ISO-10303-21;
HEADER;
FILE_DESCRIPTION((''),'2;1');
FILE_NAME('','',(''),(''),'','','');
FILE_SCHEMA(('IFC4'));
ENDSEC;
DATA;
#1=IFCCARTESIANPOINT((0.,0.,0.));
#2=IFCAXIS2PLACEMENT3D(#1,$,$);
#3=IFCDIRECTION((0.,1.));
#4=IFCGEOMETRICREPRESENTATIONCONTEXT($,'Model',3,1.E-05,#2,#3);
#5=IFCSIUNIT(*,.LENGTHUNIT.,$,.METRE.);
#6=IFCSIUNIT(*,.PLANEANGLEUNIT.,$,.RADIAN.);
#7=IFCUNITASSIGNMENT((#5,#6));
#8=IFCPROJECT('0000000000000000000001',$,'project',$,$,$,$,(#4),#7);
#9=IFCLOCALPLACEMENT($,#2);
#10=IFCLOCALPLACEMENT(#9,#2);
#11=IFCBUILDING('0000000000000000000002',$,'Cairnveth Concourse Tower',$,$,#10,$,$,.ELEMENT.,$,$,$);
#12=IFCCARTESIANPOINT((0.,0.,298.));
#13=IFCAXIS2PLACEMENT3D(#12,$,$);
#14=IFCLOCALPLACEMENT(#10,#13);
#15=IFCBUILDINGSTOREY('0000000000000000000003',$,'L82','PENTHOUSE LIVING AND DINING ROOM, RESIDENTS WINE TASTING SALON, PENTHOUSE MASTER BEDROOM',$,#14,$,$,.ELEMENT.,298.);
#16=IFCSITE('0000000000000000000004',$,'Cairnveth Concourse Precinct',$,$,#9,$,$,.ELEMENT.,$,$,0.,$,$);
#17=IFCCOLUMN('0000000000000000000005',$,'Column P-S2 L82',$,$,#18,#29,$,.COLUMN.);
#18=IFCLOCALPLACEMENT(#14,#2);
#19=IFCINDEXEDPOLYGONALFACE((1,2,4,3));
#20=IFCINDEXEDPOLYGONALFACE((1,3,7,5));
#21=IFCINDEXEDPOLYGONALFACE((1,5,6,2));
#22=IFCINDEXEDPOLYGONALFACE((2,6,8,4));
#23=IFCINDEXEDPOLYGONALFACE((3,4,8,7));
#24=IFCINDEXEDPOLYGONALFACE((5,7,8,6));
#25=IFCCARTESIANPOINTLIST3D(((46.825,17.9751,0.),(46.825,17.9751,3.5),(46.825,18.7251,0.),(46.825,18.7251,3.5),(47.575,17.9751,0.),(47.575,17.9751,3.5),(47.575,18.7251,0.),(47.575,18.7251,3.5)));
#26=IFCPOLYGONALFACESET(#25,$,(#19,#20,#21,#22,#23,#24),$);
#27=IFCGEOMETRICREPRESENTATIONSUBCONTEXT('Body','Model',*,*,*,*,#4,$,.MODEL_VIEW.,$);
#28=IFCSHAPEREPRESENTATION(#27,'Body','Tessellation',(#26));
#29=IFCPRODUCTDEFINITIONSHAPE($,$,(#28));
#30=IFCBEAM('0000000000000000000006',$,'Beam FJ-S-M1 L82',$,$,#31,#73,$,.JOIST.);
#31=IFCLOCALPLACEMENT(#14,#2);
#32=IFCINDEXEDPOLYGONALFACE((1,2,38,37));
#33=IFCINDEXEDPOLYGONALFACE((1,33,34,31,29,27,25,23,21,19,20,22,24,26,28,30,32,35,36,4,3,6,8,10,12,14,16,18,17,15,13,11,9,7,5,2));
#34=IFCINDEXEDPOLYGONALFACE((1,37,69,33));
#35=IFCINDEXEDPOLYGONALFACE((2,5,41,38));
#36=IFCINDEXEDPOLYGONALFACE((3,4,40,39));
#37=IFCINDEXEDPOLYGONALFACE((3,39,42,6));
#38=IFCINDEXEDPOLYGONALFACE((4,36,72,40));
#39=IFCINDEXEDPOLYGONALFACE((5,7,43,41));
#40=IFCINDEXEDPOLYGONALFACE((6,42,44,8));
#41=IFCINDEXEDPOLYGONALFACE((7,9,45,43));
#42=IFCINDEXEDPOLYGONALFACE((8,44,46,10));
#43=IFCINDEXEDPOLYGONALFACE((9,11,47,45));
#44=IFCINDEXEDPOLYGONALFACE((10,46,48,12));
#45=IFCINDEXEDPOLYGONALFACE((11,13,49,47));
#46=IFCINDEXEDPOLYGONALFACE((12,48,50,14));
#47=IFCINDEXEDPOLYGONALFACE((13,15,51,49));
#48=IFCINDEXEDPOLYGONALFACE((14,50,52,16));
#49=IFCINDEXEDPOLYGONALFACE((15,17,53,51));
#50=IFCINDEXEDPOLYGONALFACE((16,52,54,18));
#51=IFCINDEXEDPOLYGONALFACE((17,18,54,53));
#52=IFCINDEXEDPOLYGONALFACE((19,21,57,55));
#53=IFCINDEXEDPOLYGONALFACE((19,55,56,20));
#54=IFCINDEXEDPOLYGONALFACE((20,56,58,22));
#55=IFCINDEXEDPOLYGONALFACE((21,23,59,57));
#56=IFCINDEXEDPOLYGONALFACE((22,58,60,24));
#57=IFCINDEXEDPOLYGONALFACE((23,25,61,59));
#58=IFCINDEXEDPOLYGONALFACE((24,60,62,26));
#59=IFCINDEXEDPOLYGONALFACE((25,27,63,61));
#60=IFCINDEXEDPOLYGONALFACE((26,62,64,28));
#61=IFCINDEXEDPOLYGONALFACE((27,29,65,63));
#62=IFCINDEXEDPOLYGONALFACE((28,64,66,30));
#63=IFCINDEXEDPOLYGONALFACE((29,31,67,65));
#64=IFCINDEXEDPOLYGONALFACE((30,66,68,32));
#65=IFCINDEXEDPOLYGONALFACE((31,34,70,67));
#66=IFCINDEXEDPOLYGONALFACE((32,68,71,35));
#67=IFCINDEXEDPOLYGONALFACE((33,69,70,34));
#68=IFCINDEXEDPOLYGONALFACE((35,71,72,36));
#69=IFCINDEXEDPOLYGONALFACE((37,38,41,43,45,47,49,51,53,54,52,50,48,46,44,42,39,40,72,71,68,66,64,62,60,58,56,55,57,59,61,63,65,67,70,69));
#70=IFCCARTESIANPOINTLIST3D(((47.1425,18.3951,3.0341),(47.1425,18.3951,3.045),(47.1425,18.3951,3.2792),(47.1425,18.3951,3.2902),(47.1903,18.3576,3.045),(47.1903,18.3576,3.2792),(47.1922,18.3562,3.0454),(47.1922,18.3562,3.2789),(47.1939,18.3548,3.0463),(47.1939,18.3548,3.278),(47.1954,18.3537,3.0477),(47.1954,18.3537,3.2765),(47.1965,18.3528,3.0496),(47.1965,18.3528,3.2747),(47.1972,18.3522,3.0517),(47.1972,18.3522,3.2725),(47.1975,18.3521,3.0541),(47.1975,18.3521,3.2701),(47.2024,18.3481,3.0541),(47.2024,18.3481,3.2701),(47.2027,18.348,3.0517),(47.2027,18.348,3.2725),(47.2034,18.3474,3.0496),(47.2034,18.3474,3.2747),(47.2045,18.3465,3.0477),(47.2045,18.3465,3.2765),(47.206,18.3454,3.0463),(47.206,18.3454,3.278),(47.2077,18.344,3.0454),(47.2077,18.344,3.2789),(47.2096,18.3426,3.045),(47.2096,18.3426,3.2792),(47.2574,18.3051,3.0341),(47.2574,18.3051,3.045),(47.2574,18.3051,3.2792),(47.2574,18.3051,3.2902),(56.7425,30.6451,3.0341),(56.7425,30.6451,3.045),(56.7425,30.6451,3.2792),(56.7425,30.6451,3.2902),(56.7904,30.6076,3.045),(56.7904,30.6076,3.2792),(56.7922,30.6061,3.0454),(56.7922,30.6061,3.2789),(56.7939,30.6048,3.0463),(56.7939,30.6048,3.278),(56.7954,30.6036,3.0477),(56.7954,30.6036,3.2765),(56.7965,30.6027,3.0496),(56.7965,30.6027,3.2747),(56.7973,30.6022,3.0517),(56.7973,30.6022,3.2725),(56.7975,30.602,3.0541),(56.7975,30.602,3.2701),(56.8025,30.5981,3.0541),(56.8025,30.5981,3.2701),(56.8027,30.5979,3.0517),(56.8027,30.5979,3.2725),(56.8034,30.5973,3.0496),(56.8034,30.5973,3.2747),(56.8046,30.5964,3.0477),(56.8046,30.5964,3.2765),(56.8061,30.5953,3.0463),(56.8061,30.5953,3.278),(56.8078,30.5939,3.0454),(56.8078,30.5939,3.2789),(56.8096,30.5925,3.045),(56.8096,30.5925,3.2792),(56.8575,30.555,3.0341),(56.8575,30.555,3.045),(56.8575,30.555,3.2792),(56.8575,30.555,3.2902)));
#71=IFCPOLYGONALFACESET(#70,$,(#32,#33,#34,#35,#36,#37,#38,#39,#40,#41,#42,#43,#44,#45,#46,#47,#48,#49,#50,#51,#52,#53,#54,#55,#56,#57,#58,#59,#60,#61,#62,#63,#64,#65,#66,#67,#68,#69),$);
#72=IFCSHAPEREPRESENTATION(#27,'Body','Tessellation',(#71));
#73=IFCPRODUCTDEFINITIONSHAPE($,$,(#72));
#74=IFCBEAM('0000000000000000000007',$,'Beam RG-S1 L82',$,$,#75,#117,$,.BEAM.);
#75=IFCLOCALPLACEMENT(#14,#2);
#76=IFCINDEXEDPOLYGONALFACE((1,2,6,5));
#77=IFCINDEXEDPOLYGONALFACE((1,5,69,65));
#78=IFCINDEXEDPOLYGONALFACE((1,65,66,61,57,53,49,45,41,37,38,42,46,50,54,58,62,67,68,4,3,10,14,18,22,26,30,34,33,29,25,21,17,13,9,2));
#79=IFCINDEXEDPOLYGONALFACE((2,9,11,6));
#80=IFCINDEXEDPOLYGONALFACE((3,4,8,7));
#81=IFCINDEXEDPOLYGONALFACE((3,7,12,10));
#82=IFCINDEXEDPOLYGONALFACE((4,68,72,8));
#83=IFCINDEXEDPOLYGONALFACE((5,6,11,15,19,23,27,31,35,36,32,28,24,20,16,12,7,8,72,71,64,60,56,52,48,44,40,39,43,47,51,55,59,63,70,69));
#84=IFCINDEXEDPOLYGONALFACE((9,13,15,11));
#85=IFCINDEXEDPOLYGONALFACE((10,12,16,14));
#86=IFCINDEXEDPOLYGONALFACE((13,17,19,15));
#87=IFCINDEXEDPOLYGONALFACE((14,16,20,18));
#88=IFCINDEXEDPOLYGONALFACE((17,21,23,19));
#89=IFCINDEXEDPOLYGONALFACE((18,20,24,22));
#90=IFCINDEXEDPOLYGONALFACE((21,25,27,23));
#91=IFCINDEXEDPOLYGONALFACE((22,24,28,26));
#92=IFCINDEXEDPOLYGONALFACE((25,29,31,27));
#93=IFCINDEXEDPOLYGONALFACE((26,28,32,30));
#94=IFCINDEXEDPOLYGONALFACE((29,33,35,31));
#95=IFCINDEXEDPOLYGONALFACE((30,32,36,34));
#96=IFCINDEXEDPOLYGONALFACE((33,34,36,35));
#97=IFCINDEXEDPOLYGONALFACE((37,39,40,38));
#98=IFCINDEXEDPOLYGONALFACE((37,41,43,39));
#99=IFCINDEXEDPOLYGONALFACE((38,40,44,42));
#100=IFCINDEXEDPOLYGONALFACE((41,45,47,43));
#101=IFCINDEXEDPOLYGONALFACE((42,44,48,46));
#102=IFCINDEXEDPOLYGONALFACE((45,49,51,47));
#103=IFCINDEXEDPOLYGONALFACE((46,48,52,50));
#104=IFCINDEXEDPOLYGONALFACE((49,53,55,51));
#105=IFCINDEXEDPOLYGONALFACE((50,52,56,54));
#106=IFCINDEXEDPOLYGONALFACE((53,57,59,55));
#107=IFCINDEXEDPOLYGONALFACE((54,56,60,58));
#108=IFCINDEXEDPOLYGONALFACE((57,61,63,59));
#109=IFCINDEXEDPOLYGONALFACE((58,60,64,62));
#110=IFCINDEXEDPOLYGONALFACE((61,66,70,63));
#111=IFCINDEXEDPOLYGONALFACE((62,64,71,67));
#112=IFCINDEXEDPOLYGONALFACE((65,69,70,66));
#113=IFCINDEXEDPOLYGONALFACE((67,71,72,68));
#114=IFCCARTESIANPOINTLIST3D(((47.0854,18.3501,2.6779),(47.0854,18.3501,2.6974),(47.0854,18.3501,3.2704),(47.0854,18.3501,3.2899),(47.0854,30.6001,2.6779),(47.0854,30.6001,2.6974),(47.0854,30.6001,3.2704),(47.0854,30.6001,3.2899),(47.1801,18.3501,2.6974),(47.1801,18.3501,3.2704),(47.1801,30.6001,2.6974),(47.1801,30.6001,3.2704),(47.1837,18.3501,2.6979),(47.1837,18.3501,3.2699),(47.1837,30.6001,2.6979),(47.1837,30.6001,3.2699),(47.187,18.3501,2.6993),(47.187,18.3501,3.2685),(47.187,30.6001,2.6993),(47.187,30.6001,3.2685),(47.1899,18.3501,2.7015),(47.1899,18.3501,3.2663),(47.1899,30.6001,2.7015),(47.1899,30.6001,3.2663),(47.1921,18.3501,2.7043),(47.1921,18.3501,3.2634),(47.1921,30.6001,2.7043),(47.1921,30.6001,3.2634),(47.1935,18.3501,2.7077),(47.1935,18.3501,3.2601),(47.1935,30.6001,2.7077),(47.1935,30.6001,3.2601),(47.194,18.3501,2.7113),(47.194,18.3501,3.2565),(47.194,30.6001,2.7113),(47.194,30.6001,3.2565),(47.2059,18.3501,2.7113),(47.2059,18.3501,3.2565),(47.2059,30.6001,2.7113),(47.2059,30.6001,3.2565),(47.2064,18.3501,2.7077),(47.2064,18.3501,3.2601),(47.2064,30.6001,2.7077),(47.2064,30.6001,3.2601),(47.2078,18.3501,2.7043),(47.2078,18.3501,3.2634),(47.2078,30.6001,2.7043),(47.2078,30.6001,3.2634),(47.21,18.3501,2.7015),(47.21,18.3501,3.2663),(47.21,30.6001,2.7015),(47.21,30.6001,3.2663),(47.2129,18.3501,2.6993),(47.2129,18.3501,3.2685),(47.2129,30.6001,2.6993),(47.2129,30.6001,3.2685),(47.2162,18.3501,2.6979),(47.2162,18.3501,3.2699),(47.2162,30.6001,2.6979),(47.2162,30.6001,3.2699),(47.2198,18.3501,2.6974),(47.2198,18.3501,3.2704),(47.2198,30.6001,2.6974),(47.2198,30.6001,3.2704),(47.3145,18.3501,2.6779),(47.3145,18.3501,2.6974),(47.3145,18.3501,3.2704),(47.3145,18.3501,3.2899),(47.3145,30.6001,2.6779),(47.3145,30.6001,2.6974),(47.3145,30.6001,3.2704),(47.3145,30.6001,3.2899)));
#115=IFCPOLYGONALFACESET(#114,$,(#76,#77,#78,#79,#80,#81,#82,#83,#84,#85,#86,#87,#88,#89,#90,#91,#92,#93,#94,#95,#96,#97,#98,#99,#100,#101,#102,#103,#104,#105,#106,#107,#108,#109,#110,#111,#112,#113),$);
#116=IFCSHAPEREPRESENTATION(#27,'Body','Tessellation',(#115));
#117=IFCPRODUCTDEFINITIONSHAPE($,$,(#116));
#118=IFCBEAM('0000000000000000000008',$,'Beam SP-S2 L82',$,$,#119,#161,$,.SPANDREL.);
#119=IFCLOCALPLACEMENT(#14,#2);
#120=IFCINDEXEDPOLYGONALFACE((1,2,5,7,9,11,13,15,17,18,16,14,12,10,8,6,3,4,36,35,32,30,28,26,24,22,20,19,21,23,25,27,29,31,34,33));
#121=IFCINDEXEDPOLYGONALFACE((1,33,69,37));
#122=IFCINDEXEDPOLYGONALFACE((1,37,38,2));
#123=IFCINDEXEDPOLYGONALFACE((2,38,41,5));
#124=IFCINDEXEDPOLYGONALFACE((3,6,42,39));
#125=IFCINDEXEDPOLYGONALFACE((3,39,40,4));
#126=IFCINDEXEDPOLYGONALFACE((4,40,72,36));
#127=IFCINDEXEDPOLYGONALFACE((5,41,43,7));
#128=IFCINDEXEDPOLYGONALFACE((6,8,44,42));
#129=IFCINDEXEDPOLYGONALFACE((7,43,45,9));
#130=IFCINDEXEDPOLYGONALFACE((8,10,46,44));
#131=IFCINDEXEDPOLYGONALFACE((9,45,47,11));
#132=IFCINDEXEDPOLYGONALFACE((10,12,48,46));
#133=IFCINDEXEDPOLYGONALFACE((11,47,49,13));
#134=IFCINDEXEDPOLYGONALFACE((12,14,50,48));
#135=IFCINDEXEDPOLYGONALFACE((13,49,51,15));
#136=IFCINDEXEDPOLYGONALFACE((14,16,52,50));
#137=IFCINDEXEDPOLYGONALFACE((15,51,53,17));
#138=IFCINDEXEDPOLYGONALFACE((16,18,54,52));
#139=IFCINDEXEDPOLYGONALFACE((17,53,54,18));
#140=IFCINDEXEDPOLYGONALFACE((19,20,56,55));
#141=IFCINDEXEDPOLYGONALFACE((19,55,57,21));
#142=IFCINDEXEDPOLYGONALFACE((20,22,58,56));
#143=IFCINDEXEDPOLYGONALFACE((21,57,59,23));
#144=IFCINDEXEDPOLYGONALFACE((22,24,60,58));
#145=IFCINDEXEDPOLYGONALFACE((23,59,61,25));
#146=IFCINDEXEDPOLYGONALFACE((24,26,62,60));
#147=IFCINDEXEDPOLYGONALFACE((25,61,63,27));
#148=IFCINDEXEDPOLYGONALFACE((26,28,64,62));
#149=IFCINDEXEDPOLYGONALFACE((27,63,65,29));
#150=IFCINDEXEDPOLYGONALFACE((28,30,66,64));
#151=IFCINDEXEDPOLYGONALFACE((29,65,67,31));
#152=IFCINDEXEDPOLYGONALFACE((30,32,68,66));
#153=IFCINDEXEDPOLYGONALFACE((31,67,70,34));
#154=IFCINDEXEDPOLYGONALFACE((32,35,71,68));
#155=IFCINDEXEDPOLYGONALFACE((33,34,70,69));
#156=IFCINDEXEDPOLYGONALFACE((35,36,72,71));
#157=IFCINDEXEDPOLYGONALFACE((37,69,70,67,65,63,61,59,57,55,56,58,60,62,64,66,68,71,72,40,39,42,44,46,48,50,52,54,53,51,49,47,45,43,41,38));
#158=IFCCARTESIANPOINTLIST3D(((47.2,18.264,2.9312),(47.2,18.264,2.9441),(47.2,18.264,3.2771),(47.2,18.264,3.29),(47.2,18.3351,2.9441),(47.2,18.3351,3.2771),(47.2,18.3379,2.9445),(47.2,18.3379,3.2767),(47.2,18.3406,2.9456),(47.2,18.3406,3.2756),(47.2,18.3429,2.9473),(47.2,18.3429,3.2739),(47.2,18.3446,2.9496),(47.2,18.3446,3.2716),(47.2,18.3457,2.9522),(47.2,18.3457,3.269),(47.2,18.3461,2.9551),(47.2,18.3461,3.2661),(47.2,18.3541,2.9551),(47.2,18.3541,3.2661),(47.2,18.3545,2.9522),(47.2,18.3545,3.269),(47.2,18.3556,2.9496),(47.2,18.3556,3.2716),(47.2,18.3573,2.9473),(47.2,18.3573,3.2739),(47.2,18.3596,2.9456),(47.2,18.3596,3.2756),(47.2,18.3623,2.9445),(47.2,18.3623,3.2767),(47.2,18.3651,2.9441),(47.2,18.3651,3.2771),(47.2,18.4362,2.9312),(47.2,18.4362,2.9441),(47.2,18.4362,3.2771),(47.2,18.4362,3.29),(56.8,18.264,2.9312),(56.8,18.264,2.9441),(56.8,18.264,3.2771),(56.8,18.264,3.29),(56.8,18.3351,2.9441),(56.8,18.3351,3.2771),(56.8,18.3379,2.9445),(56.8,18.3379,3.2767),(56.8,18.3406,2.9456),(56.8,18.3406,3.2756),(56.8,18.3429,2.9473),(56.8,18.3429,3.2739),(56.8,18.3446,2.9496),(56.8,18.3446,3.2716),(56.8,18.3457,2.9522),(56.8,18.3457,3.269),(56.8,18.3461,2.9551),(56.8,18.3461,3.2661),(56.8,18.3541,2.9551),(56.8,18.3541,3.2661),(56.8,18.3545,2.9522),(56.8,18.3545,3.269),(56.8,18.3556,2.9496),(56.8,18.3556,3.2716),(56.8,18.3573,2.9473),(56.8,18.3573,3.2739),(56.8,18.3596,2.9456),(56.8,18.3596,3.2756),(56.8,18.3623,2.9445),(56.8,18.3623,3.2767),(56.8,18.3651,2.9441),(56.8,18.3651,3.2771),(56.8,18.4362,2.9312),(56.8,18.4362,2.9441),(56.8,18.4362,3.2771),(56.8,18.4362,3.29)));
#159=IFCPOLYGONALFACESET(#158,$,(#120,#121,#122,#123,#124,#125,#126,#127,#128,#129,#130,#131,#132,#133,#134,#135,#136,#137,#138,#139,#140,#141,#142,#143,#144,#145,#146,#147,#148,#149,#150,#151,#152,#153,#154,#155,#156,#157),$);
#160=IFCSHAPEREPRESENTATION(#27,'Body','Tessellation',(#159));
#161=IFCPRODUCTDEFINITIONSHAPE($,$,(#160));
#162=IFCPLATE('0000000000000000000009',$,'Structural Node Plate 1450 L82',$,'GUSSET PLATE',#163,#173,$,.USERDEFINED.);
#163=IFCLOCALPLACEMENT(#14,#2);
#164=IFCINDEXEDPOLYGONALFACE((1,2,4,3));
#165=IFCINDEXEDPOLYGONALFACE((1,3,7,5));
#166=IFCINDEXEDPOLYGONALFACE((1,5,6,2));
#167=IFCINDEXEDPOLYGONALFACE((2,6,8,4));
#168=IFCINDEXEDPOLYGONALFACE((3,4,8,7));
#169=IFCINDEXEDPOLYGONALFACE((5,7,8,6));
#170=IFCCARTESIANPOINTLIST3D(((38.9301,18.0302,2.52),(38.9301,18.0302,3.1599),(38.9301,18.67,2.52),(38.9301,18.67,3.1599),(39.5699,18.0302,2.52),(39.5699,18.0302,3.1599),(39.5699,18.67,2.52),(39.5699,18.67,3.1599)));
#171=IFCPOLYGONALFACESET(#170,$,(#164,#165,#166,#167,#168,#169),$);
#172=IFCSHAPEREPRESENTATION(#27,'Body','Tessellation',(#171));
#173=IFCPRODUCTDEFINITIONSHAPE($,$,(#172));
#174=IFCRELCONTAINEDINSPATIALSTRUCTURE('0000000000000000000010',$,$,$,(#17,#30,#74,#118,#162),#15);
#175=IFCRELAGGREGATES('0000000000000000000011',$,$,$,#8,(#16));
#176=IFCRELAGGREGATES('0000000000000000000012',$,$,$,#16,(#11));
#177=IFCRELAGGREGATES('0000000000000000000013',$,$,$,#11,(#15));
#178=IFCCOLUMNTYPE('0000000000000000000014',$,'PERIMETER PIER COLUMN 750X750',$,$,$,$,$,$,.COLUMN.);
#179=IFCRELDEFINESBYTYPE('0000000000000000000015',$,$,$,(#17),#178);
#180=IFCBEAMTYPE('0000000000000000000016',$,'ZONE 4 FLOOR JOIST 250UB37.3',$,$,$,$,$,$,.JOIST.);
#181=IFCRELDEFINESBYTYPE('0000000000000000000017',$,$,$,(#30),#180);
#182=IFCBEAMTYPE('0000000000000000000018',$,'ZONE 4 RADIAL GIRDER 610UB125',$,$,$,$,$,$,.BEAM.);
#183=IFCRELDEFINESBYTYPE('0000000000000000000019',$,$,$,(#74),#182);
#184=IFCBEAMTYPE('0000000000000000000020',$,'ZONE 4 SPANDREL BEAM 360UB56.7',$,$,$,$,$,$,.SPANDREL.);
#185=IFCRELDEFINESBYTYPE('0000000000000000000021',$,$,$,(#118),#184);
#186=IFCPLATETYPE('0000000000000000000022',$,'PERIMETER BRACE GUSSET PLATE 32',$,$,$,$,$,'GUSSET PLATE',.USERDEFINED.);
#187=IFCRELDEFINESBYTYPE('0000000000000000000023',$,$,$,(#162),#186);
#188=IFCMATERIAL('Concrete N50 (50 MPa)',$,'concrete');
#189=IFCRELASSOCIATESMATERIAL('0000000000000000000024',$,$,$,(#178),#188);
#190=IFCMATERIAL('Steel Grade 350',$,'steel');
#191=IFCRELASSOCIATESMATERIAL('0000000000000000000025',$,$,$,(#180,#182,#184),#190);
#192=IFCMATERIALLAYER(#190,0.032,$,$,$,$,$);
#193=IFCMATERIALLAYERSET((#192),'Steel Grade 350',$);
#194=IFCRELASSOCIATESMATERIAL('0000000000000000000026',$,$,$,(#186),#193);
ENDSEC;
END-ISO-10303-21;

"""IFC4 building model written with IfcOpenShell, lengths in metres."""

from ifc_helpers import new_model, si_unit, direction, frame, origin, origin_2d, place, context, subcontext, project, spatial, rectangle, i_section, extrude, material, layer, layer_set, material_profile, profile_set, type_object, element, save


model = new_model("IFC4")

# Units and contexts
model_context = context("Model", 3, precision=1e-05, world=origin(), true_north=direction((0.0, 1.0)))
body_context = subcontext(model_context, "Body", "Model", "MODEL_VIEW")
ifc_project = project(units=[si_unit("LENGTHUNIT", "METRE"), si_unit("PLANEANGLEUNIT", "RADIAN")], contexts=[model_context])

# Site, building, storey
site_placement = place(None, origin())
site = spatial("IfcSite", under=ifc_project, at=site_placement, Name="Cairnveth Concourse Precinct", CompositionType="ELEMENT", RefElevation=0.0)
building_placement = place(site_placement, origin())
building = spatial("IfcBuilding", under=site, at=building_placement, Name="Cairnveth Concourse Tower", CompositionType="ELEMENT")
storey_placement = place(building_placement, frame((0.0, 0.0, 298.0)))
storey = spatial("IfcBuildingStorey", under=building, at=storey_placement, Name="L82", Description="PENTHOUSE LIVING AND DINING ROOM, RESIDENTS WINE TASTING SALON, PENTHOUSE MASTER BEDROOM", CompositionType="ELEMENT", Elevation=298.0)

# Column
ifc_material_1 = material(Name="Concrete N50 (50 MPa)", Category="concrete")
ifc_material_profile_1 = material_profile(ifc_material_1, rectangle(XDim=0.75, YDim=0.75, at=origin_2d()), Name="RC-COL-750x750")
ifc_profile_set_1 = profile_set([ifc_material_profile_1], Name="Concrete N50 (50 MPa)")
column_type = type_object("IfcColumnType", Name="PERIMETER PIER COLUMN 750X750", PredefinedType="COLUMN", material=ifc_profile_set_1)
column_placement = place(storey_placement, frame((47.2, 18.3501, 0.0), z_axis=(0.0, 0.0, 1.0), x_axis=(1.0, 0.0, 0.0)))
element("IfcColumn", 1, at=column_placement, inside=storey, type_object=column_type, Name="Column P-S2 L82", PredefinedType="COLUMN", context=body_context, shape_type="SweptSolid", body=[
    extrude(rectangle(XDim=0.75, YDim=0.75, at=origin_2d()), origin(), (0.0, 0.0, 1.0), 3.5),
])

# Beams
ifc_material_2 = material(Name="Steel Grade 350", Category="steel")
ifc_material_profile_2 = material_profile(ifc_material_2, i_section(OverallWidth=0.146, OverallDepth=0.2561, WebThickness=0.0063, FlangeThickness=0.011, FilletRadius=0.009, at=origin_2d()), Name="250UB37.3")
ifc_profile_set_2 = profile_set([ifc_material_profile_2], Name="Steel Grade 350")
beam_type_1 = type_object("IfcBeamType", Name="ZONE 4 FLOOR JOIST 250UB37.3", PredefinedType="JOIST", material=ifc_profile_set_2)
beam_1_placement = place(storey_placement, frame((47.2, 18.3501, 3.1621), z_axis=(0.616832, 0.787095, 0.0), x_axis=(-0.787095, 0.616832, 0.0)))
element("IfcBeam", 2, at=beam_1_placement, inside=storey, type_object=beam_type_1, Name="Beam FJ-S-M1 L82", PredefinedType="JOIST", context=body_context, shape_type="SweptSolid", body=[
    extrude(i_section(OverallWidth=0.146, OverallDepth=0.2561, WebThickness=0.0063, FlangeThickness=0.011, FilletRadius=0.009, at=origin_2d()), origin(), (0.0, 0.0, 1.0), 15.5635),
])
ifc_material_profile_3 = material_profile(ifc_material_2, i_section(OverallWidth=0.229, OverallDepth=0.6121, WebThickness=0.012, FlangeThickness=0.0195, FilletRadius=0.0139, at=origin_2d()), Name="610UB125")
ifc_profile_set_3 = profile_set([ifc_material_profile_3], Name="Steel Grade 350")
beam_type_2 = type_object("IfcBeamType", Name="ZONE 4 RADIAL GIRDER 610UB125", PredefinedType="BEAM", material=ifc_profile_set_3)
beam_2_placement = place(storey_placement, frame((47.2, 18.3501, 2.9839), z_axis=(0.0, 1.0, 0.0), x_axis=(-1.0, 0.0, 0.0)))
element("IfcBeam", 3, at=beam_2_placement, inside=storey, type_object=beam_type_2, Name="Beam RG-S1 L82", PredefinedType="BEAM", context=body_context, shape_type="SweptSolid", body=[
    extrude(i_section(OverallWidth=0.229, OverallDepth=0.6121, WebThickness=0.012, FlangeThickness=0.0195, FilletRadius=0.0139, at=origin_2d()), origin(), (0.0, 0.0, 1.0), 12.25),
])
ifc_material_profile_4 = material_profile(ifc_material_2, i_section(OverallWidth=0.1721, OverallDepth=0.3589, WebThickness=0.0081, FlangeThickness=0.0129, FilletRadius=0.011, at=origin_2d()), Name="360UB56.7")
ifc_profile_set_4 = profile_set([ifc_material_profile_4], Name="Steel Grade 350")
beam_type_3 = type_object("IfcBeamType", Name="ZONE 4 SPANDREL BEAM 360UB56.7", PredefinedType="SPANDREL", material=ifc_profile_set_4)
beam_3_placement = place(storey_placement, frame((47.2, 18.3501, 3.1106), z_axis=(1.0, 0.0, 0.0), x_axis=(0.0, 1.0, 0.0)))
element("IfcBeam", 4, at=beam_3_placement, inside=storey, type_object=beam_type_3, Name="Beam SP-S2 L82", PredefinedType="SPANDREL", context=body_context, shape_type="SweptSolid", body=[
    extrude(i_section(OverallWidth=0.1721, OverallDepth=0.3589, WebThickness=0.0081, FlangeThickness=0.0129, FilletRadius=0.011, at=origin_2d()), origin(), (0.0, 0.0, 1.0), 9.6001),
])

# Plate
ifc_layer_1 = layer(ifc_material_2, 0.032)
ifc_layer_set_1 = layer_set([ifc_layer_1], Name="Steel Grade 350")
plate_type = type_object("IfcPlateType", Name="PERIMETER BRACE GUSSET PLATE 32", ElementType="GUSSET PLATE", PredefinedType="USERDEFINED", material=ifc_layer_set_1)
plate_placement = place(storey_placement, frame((39.25, 18.3501, 2.52), z_axis=(0.0, 0.0, 1.0), x_axis=(1.0, 0.0, 0.0)))
element("IfcPlate", 5, at=plate_placement, inside=storey, type_object=plate_type, Name="Structural Node Plate 1450 L82", ObjectType="GUSSET PLATE", PredefinedType="USERDEFINED", context=body_context, shape_type="SweptSolid", body=[
    extrude(rectangle(XDim=0.6399, YDim=0.6399, at=origin_2d()), origin(), (0.0, 0.0, 1.0), 0.6399),
])

save(model, "model.ifc")
